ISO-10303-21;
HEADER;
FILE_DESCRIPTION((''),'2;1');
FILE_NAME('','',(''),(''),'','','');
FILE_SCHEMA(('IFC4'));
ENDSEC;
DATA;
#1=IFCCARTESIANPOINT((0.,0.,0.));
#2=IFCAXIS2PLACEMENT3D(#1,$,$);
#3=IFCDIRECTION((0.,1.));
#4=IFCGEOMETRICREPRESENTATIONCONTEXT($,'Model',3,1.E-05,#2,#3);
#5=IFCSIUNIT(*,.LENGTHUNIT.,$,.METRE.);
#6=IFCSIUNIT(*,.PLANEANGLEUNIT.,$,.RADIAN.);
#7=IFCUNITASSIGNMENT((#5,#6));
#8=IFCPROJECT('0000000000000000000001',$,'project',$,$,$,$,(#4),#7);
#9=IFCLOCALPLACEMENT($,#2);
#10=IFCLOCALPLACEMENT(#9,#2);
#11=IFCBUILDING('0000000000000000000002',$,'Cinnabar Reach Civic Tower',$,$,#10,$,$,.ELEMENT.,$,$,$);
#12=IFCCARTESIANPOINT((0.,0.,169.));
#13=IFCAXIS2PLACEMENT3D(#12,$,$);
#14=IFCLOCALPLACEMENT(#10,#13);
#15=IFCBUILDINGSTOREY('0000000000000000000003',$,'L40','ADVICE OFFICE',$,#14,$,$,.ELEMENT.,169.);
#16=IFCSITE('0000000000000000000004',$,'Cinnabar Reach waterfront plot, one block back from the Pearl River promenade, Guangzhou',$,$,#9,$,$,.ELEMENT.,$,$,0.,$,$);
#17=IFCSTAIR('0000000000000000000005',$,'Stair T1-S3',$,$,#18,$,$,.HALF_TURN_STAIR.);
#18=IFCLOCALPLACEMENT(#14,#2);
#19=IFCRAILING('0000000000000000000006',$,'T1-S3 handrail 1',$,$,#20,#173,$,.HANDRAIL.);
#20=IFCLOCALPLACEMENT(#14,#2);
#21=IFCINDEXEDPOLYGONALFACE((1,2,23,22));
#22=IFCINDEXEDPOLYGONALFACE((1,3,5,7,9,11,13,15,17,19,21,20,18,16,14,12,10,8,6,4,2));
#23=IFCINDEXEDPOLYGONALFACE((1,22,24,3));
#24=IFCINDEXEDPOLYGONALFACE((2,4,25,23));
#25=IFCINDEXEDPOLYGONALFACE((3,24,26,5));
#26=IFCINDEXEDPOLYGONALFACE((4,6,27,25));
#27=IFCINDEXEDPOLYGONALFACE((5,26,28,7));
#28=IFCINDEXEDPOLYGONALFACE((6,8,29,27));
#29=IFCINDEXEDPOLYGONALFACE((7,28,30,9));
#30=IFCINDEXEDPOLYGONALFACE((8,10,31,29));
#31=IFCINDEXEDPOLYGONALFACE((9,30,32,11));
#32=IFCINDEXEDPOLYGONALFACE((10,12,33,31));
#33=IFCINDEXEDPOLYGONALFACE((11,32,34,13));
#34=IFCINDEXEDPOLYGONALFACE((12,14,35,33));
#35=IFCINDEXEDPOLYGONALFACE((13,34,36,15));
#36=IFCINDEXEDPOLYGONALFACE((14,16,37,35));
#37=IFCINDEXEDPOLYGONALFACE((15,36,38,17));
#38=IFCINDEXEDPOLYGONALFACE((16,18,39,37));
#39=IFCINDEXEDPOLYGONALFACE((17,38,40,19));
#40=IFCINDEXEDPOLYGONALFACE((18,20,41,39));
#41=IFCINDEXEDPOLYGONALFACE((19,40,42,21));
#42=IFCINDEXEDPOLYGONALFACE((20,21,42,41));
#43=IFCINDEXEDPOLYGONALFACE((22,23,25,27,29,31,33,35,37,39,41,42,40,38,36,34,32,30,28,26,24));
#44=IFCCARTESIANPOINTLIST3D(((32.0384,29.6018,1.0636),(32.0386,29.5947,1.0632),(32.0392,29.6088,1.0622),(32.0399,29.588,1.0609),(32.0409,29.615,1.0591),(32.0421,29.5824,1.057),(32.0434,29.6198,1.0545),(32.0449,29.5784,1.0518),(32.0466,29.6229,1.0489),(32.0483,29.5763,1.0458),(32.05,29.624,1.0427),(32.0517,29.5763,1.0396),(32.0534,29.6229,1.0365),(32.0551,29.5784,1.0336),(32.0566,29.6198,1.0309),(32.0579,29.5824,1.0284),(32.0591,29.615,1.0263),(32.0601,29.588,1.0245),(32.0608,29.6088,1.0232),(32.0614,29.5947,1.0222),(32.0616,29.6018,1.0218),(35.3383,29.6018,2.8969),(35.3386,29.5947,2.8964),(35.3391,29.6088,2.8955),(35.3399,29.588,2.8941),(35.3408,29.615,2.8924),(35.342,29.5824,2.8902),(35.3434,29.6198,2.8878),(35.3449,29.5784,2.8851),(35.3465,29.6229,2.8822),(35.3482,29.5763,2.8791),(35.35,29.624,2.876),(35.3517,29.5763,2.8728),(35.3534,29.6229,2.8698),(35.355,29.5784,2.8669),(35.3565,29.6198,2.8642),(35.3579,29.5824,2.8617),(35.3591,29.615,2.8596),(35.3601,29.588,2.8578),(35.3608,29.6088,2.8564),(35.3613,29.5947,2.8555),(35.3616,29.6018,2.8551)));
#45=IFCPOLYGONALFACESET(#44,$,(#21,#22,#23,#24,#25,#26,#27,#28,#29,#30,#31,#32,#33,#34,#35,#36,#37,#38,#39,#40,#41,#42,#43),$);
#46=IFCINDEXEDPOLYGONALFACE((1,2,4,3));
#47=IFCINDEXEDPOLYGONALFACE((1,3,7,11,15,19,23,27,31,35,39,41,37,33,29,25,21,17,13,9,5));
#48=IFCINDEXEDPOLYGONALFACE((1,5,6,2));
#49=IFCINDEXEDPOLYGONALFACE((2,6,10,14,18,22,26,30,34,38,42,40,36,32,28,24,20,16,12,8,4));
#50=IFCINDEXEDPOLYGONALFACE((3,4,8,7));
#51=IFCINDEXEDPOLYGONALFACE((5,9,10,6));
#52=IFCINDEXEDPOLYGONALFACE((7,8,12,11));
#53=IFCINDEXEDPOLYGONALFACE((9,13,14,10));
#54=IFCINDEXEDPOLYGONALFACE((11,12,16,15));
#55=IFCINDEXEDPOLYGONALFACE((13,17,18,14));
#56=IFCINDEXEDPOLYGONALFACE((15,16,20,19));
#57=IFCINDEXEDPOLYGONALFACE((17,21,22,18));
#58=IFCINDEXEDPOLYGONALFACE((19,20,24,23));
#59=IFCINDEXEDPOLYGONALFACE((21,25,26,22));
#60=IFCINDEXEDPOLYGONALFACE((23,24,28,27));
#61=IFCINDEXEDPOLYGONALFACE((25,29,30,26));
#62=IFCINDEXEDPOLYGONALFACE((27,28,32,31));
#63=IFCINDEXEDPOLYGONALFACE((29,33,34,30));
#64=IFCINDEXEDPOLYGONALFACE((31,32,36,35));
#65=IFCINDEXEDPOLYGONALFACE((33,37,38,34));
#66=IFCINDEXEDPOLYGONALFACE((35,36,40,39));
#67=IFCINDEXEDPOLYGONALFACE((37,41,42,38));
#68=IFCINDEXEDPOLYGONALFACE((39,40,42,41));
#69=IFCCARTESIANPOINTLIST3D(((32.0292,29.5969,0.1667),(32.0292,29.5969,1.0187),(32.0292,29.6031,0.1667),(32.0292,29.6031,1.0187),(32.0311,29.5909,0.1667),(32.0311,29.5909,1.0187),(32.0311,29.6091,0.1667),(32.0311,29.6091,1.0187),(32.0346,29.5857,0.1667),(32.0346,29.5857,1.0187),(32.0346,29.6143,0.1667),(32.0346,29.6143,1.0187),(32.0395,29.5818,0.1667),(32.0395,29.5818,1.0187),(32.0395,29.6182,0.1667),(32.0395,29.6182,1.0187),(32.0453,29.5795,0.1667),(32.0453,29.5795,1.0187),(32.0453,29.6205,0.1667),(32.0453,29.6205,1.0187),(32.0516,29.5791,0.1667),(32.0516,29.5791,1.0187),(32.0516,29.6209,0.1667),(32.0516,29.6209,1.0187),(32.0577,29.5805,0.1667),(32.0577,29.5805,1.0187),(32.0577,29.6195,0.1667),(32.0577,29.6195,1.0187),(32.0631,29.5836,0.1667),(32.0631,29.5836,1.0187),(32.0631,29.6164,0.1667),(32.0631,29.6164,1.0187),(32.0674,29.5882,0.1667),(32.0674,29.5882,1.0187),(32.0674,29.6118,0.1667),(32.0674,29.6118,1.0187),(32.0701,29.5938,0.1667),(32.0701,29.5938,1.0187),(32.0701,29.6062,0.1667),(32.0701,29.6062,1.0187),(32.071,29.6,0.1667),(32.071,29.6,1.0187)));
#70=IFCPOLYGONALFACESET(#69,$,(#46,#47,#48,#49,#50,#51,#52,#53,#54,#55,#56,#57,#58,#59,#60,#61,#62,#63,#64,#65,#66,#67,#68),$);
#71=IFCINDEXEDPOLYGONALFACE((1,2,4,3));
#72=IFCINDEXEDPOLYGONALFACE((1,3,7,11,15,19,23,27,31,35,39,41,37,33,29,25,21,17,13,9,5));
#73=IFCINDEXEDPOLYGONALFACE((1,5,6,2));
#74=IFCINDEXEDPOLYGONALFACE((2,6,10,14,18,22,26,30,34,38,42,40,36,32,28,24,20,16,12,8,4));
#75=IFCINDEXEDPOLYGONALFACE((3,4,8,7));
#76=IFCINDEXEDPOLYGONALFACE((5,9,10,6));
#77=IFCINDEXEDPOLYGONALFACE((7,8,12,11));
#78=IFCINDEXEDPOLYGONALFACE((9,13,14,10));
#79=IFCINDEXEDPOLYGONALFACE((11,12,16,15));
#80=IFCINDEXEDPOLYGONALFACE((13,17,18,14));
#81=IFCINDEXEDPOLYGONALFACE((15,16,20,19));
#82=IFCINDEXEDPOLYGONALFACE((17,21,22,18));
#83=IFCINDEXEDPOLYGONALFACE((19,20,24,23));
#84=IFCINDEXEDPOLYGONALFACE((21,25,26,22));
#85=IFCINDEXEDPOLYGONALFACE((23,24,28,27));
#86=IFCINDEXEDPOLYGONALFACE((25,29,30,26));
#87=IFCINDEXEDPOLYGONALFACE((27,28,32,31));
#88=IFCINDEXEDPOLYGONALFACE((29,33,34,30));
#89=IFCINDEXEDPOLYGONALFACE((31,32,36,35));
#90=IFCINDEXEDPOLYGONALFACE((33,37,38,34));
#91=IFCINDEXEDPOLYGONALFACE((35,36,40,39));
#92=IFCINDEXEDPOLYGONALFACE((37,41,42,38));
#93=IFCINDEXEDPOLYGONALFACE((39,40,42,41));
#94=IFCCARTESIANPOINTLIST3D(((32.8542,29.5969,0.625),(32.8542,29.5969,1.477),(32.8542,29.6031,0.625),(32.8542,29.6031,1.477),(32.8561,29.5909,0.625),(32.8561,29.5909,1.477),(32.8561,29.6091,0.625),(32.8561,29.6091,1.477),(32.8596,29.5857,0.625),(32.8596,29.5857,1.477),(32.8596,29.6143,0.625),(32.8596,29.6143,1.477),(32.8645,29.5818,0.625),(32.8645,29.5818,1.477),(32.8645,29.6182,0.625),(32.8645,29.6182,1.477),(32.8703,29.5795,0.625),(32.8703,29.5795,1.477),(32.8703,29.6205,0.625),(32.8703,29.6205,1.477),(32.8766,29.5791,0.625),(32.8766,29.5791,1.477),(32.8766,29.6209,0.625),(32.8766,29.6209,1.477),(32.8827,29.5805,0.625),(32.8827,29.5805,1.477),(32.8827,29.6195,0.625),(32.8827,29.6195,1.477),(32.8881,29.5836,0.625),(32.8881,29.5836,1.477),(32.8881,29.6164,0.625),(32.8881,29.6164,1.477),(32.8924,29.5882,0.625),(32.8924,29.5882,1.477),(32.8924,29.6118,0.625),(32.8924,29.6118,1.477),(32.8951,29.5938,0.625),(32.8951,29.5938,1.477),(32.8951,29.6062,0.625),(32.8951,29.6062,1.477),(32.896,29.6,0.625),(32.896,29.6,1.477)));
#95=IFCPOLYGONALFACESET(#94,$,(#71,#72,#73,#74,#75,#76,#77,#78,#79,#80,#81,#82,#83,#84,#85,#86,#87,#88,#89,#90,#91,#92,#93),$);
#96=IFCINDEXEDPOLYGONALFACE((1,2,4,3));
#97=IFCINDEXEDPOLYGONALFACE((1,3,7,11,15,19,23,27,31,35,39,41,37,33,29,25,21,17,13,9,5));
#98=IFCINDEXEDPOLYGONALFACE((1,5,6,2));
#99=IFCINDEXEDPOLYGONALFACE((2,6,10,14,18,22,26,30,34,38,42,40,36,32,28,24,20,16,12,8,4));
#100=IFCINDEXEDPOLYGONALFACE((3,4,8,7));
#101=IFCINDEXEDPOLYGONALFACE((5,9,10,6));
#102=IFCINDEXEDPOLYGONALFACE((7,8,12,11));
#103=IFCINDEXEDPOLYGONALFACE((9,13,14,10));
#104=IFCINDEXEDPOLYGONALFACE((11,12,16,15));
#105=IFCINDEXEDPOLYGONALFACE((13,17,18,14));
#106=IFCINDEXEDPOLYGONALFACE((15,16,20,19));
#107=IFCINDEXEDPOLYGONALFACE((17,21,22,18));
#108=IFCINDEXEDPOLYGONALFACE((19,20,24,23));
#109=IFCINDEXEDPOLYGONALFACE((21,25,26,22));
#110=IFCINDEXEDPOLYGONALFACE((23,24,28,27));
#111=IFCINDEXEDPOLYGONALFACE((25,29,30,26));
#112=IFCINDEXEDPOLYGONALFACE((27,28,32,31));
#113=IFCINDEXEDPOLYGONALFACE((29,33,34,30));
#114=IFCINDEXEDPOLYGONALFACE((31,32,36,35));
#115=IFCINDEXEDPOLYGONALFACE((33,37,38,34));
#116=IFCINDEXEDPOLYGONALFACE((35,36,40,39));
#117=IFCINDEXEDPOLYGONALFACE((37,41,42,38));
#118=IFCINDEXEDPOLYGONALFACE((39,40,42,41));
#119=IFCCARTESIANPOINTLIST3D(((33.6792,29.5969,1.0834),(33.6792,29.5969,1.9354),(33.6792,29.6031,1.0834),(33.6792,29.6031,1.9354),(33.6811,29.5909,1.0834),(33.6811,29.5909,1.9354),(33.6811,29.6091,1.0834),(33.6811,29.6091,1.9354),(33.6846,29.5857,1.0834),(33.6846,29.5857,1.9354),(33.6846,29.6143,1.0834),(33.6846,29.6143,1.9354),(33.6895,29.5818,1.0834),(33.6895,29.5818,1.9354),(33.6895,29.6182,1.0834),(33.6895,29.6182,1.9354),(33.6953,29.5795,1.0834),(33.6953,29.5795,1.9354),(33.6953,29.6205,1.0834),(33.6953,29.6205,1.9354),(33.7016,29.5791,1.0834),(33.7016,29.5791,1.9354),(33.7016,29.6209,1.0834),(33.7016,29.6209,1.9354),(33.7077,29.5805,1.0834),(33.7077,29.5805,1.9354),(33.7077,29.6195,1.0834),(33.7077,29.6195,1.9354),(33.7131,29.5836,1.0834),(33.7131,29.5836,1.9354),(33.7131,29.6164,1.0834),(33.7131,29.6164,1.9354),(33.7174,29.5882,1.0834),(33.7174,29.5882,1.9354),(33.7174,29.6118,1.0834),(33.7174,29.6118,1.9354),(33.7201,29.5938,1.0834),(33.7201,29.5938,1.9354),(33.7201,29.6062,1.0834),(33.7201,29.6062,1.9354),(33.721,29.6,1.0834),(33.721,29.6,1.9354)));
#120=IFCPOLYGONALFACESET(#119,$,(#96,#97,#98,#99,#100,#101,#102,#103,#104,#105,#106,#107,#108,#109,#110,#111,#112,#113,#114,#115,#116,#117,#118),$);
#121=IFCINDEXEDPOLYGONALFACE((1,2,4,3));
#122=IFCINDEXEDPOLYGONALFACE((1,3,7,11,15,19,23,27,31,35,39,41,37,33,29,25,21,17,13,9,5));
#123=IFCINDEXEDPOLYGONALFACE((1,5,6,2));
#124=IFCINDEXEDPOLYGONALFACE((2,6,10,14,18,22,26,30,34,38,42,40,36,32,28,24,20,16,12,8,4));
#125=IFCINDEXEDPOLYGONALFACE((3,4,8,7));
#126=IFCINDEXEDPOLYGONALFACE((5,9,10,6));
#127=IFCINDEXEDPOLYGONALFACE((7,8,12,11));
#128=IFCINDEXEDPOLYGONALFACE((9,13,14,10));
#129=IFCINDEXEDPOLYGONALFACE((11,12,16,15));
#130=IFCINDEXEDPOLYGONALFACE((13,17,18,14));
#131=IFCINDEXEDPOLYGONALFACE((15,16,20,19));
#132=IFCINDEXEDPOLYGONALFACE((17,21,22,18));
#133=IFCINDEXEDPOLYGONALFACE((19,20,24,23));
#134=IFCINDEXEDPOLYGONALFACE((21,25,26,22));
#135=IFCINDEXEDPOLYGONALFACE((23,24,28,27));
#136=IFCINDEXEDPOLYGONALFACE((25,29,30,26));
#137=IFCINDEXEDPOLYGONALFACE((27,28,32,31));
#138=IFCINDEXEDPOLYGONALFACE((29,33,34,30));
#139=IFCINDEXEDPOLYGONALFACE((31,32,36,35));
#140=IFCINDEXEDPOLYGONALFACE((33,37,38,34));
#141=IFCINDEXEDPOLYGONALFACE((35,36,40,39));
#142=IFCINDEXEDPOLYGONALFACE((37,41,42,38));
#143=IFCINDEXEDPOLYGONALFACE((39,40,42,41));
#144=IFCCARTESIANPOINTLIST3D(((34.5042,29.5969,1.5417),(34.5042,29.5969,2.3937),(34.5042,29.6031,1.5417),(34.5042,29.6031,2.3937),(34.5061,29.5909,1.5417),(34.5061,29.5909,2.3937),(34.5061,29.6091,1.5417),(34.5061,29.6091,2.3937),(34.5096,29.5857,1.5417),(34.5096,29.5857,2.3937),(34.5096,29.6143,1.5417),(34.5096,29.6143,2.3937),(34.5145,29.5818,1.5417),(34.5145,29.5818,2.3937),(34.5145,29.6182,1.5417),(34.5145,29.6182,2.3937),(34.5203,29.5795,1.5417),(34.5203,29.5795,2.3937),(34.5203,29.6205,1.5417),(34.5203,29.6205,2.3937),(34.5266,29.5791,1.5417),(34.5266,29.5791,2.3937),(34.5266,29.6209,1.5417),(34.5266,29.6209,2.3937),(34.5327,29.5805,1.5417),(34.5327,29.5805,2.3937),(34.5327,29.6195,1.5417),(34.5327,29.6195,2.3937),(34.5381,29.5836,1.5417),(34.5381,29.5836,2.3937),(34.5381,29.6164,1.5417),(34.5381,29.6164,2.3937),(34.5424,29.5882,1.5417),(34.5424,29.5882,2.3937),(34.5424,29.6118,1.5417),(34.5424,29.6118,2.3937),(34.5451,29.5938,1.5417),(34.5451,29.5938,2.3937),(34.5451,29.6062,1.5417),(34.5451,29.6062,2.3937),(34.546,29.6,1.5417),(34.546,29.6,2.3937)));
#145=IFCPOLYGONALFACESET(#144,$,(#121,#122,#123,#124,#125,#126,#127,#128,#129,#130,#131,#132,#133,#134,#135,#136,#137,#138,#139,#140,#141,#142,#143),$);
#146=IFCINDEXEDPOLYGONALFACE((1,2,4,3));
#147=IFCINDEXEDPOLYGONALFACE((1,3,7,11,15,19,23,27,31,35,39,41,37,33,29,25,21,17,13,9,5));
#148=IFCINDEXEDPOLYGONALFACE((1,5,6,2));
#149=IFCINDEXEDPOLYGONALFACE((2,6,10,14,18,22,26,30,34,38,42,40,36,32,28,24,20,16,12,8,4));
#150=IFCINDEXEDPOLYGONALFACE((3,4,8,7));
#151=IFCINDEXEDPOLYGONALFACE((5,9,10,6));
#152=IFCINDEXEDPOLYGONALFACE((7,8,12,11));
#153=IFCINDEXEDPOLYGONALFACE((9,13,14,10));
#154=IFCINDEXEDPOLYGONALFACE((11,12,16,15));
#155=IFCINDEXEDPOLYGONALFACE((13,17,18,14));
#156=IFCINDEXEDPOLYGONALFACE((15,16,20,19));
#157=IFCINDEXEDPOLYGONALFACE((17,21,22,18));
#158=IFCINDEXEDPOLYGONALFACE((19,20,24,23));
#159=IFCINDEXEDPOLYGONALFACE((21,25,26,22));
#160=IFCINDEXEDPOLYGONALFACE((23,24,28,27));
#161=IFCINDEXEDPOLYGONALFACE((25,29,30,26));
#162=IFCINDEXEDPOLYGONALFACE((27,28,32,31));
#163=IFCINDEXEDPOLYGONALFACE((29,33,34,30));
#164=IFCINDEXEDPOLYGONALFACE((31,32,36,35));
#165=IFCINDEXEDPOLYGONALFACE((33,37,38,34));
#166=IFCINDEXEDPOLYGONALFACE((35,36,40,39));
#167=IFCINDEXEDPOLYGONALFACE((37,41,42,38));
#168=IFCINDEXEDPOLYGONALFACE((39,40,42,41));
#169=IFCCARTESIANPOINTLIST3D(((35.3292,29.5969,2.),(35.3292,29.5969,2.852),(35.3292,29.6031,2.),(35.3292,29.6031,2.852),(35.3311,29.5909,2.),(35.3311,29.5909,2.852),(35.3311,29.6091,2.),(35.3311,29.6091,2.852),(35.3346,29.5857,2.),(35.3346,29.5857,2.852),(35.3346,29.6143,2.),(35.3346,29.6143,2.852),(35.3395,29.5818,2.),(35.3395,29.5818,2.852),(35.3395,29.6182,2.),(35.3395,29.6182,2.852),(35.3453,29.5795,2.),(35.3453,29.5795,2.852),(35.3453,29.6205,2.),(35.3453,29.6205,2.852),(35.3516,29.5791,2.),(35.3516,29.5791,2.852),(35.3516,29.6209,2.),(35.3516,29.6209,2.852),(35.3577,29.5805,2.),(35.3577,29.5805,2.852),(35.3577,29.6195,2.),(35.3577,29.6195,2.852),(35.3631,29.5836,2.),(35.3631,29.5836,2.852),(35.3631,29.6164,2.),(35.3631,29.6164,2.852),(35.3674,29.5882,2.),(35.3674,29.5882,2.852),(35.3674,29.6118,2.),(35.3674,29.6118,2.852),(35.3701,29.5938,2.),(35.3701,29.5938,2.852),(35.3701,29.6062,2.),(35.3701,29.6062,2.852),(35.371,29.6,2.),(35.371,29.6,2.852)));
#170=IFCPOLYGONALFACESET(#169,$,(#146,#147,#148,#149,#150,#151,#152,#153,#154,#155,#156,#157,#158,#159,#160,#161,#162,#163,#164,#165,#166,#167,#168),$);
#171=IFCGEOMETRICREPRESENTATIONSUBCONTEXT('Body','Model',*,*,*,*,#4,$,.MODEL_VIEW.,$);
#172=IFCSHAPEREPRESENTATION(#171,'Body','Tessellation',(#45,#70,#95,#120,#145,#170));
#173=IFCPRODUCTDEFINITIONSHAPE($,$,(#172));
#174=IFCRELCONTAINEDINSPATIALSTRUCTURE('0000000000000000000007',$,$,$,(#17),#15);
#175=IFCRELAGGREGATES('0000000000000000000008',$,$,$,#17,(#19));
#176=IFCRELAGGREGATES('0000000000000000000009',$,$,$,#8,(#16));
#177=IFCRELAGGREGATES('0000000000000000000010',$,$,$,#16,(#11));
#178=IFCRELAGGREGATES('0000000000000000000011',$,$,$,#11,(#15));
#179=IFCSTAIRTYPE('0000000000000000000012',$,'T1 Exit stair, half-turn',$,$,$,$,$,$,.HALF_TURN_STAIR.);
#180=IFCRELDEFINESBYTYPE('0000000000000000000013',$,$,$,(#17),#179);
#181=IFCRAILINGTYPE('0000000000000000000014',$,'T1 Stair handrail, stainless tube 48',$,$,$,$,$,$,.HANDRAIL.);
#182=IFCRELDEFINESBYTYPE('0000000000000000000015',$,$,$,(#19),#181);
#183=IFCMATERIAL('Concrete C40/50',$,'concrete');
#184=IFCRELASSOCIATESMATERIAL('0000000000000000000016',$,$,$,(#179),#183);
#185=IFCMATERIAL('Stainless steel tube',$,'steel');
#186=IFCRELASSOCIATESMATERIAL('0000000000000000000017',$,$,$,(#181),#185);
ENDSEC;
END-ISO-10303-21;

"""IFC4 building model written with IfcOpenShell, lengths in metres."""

from ifc_helpers import new_model, si_unit, direction, frame, origin, origin_2d, place, context, subcontext, project, spatial, circle, extrude, material, type_object, element, aggregate, save


model = new_model("IFC4")

# Units and contexts
model_context = context("Model", 3, precision=1e-05, world=origin(), true_north=direction((0.0, 1.0)))
body_context = subcontext(model_context, "Body", "Model", "MODEL_VIEW")
ifc_project = project(units=[si_unit("LENGTHUNIT", "METRE"), si_unit("PLANEANGLEUNIT", "RADIAN")], contexts=[model_context])

# Site, building, storey
site_placement = place(None, origin())
site = spatial("IfcSite", under=ifc_project, at=site_placement, Name="Cinnabar Reach waterfront plot, one block back from the Pearl River promenade, Guangzhou", CompositionType="ELEMENT", RefElevation=0.0)
building_placement = place(site_placement, origin())
building = spatial("IfcBuilding", under=site, at=building_placement, Name="Cinnabar Reach Civic Tower", CompositionType="ELEMENT")
storey_placement = place(building_placement, frame((0.0, 0.0, 169.0)))
storey = spatial("IfcBuildingStorey", under=building, at=storey_placement, Name="L40", Description="ADVICE OFFICE", CompositionType="ELEMENT", Elevation=169.0)

# Stair, railing
ifc_material_1 = material(Name="Concrete C40/50", Category="concrete")
stair_type = type_object("IfcStairType", Name="T1 Exit stair, half-turn", PredefinedType="HALF_TURN_STAIR", material=ifc_material_1)
stair_placement = place(storey_placement, origin())
stair = element("IfcStair", 1, at=stair_placement, inside=storey, type_object=stair_type, Name="Stair T1-S3", PredefinedType="HALF_TURN_STAIR")
ifc_material_2 = material(Name="Stainless steel tube", Category="steel")
railing_type = type_object("IfcRailingType", Name="T1 Stair handrail, stainless tube 48", PredefinedType="HANDRAIL", material=ifc_material_2)
railing_placement = place(storey_placement, frame((32.05, 29.6, 0.1667)))
railing = element("IfcRailing", 2, at=railing_placement, type_object=railing_type, Name="T1-S3 handrail 1", PredefinedType="HANDRAIL", context=body_context, shape_type="SweptSolid", body=[
    extrude(circle(Radius=0.024, at=origin_2d()), frame((0.0, 0.0, 0.876), z_axis=(0.874161, 0.0, 0.485636), x_axis=(0.0, 1.0, 0.0)), (0.0, 0.0, 1.0), 3.775),
    extrude(circle(Radius=0.021, at=origin_2d()), origin(), (0.0, 0.0, 1.0), 0.852),
    extrude(circle(Radius=0.021, at=origin_2d()), frame((0.825, 0.0, 0.4583)), (0.0, 0.0, 1.0), 0.852),
    extrude(circle(Radius=0.021, at=origin_2d()), frame((1.65, 0.0, 0.9167)), (0.0, 0.0, 1.0), 0.852),
    extrude(circle(Radius=0.021, at=origin_2d()), frame((2.475, 0.0, 1.375)), (0.0, 0.0, 1.0), 0.852),
    extrude(circle(Radius=0.021, at=origin_2d()), frame((3.3, 0.0, 1.8333)), (0.0, 0.0, 1.0), 0.852),
])
aggregate(stair, [railing])

save(model, "model.ifc")
